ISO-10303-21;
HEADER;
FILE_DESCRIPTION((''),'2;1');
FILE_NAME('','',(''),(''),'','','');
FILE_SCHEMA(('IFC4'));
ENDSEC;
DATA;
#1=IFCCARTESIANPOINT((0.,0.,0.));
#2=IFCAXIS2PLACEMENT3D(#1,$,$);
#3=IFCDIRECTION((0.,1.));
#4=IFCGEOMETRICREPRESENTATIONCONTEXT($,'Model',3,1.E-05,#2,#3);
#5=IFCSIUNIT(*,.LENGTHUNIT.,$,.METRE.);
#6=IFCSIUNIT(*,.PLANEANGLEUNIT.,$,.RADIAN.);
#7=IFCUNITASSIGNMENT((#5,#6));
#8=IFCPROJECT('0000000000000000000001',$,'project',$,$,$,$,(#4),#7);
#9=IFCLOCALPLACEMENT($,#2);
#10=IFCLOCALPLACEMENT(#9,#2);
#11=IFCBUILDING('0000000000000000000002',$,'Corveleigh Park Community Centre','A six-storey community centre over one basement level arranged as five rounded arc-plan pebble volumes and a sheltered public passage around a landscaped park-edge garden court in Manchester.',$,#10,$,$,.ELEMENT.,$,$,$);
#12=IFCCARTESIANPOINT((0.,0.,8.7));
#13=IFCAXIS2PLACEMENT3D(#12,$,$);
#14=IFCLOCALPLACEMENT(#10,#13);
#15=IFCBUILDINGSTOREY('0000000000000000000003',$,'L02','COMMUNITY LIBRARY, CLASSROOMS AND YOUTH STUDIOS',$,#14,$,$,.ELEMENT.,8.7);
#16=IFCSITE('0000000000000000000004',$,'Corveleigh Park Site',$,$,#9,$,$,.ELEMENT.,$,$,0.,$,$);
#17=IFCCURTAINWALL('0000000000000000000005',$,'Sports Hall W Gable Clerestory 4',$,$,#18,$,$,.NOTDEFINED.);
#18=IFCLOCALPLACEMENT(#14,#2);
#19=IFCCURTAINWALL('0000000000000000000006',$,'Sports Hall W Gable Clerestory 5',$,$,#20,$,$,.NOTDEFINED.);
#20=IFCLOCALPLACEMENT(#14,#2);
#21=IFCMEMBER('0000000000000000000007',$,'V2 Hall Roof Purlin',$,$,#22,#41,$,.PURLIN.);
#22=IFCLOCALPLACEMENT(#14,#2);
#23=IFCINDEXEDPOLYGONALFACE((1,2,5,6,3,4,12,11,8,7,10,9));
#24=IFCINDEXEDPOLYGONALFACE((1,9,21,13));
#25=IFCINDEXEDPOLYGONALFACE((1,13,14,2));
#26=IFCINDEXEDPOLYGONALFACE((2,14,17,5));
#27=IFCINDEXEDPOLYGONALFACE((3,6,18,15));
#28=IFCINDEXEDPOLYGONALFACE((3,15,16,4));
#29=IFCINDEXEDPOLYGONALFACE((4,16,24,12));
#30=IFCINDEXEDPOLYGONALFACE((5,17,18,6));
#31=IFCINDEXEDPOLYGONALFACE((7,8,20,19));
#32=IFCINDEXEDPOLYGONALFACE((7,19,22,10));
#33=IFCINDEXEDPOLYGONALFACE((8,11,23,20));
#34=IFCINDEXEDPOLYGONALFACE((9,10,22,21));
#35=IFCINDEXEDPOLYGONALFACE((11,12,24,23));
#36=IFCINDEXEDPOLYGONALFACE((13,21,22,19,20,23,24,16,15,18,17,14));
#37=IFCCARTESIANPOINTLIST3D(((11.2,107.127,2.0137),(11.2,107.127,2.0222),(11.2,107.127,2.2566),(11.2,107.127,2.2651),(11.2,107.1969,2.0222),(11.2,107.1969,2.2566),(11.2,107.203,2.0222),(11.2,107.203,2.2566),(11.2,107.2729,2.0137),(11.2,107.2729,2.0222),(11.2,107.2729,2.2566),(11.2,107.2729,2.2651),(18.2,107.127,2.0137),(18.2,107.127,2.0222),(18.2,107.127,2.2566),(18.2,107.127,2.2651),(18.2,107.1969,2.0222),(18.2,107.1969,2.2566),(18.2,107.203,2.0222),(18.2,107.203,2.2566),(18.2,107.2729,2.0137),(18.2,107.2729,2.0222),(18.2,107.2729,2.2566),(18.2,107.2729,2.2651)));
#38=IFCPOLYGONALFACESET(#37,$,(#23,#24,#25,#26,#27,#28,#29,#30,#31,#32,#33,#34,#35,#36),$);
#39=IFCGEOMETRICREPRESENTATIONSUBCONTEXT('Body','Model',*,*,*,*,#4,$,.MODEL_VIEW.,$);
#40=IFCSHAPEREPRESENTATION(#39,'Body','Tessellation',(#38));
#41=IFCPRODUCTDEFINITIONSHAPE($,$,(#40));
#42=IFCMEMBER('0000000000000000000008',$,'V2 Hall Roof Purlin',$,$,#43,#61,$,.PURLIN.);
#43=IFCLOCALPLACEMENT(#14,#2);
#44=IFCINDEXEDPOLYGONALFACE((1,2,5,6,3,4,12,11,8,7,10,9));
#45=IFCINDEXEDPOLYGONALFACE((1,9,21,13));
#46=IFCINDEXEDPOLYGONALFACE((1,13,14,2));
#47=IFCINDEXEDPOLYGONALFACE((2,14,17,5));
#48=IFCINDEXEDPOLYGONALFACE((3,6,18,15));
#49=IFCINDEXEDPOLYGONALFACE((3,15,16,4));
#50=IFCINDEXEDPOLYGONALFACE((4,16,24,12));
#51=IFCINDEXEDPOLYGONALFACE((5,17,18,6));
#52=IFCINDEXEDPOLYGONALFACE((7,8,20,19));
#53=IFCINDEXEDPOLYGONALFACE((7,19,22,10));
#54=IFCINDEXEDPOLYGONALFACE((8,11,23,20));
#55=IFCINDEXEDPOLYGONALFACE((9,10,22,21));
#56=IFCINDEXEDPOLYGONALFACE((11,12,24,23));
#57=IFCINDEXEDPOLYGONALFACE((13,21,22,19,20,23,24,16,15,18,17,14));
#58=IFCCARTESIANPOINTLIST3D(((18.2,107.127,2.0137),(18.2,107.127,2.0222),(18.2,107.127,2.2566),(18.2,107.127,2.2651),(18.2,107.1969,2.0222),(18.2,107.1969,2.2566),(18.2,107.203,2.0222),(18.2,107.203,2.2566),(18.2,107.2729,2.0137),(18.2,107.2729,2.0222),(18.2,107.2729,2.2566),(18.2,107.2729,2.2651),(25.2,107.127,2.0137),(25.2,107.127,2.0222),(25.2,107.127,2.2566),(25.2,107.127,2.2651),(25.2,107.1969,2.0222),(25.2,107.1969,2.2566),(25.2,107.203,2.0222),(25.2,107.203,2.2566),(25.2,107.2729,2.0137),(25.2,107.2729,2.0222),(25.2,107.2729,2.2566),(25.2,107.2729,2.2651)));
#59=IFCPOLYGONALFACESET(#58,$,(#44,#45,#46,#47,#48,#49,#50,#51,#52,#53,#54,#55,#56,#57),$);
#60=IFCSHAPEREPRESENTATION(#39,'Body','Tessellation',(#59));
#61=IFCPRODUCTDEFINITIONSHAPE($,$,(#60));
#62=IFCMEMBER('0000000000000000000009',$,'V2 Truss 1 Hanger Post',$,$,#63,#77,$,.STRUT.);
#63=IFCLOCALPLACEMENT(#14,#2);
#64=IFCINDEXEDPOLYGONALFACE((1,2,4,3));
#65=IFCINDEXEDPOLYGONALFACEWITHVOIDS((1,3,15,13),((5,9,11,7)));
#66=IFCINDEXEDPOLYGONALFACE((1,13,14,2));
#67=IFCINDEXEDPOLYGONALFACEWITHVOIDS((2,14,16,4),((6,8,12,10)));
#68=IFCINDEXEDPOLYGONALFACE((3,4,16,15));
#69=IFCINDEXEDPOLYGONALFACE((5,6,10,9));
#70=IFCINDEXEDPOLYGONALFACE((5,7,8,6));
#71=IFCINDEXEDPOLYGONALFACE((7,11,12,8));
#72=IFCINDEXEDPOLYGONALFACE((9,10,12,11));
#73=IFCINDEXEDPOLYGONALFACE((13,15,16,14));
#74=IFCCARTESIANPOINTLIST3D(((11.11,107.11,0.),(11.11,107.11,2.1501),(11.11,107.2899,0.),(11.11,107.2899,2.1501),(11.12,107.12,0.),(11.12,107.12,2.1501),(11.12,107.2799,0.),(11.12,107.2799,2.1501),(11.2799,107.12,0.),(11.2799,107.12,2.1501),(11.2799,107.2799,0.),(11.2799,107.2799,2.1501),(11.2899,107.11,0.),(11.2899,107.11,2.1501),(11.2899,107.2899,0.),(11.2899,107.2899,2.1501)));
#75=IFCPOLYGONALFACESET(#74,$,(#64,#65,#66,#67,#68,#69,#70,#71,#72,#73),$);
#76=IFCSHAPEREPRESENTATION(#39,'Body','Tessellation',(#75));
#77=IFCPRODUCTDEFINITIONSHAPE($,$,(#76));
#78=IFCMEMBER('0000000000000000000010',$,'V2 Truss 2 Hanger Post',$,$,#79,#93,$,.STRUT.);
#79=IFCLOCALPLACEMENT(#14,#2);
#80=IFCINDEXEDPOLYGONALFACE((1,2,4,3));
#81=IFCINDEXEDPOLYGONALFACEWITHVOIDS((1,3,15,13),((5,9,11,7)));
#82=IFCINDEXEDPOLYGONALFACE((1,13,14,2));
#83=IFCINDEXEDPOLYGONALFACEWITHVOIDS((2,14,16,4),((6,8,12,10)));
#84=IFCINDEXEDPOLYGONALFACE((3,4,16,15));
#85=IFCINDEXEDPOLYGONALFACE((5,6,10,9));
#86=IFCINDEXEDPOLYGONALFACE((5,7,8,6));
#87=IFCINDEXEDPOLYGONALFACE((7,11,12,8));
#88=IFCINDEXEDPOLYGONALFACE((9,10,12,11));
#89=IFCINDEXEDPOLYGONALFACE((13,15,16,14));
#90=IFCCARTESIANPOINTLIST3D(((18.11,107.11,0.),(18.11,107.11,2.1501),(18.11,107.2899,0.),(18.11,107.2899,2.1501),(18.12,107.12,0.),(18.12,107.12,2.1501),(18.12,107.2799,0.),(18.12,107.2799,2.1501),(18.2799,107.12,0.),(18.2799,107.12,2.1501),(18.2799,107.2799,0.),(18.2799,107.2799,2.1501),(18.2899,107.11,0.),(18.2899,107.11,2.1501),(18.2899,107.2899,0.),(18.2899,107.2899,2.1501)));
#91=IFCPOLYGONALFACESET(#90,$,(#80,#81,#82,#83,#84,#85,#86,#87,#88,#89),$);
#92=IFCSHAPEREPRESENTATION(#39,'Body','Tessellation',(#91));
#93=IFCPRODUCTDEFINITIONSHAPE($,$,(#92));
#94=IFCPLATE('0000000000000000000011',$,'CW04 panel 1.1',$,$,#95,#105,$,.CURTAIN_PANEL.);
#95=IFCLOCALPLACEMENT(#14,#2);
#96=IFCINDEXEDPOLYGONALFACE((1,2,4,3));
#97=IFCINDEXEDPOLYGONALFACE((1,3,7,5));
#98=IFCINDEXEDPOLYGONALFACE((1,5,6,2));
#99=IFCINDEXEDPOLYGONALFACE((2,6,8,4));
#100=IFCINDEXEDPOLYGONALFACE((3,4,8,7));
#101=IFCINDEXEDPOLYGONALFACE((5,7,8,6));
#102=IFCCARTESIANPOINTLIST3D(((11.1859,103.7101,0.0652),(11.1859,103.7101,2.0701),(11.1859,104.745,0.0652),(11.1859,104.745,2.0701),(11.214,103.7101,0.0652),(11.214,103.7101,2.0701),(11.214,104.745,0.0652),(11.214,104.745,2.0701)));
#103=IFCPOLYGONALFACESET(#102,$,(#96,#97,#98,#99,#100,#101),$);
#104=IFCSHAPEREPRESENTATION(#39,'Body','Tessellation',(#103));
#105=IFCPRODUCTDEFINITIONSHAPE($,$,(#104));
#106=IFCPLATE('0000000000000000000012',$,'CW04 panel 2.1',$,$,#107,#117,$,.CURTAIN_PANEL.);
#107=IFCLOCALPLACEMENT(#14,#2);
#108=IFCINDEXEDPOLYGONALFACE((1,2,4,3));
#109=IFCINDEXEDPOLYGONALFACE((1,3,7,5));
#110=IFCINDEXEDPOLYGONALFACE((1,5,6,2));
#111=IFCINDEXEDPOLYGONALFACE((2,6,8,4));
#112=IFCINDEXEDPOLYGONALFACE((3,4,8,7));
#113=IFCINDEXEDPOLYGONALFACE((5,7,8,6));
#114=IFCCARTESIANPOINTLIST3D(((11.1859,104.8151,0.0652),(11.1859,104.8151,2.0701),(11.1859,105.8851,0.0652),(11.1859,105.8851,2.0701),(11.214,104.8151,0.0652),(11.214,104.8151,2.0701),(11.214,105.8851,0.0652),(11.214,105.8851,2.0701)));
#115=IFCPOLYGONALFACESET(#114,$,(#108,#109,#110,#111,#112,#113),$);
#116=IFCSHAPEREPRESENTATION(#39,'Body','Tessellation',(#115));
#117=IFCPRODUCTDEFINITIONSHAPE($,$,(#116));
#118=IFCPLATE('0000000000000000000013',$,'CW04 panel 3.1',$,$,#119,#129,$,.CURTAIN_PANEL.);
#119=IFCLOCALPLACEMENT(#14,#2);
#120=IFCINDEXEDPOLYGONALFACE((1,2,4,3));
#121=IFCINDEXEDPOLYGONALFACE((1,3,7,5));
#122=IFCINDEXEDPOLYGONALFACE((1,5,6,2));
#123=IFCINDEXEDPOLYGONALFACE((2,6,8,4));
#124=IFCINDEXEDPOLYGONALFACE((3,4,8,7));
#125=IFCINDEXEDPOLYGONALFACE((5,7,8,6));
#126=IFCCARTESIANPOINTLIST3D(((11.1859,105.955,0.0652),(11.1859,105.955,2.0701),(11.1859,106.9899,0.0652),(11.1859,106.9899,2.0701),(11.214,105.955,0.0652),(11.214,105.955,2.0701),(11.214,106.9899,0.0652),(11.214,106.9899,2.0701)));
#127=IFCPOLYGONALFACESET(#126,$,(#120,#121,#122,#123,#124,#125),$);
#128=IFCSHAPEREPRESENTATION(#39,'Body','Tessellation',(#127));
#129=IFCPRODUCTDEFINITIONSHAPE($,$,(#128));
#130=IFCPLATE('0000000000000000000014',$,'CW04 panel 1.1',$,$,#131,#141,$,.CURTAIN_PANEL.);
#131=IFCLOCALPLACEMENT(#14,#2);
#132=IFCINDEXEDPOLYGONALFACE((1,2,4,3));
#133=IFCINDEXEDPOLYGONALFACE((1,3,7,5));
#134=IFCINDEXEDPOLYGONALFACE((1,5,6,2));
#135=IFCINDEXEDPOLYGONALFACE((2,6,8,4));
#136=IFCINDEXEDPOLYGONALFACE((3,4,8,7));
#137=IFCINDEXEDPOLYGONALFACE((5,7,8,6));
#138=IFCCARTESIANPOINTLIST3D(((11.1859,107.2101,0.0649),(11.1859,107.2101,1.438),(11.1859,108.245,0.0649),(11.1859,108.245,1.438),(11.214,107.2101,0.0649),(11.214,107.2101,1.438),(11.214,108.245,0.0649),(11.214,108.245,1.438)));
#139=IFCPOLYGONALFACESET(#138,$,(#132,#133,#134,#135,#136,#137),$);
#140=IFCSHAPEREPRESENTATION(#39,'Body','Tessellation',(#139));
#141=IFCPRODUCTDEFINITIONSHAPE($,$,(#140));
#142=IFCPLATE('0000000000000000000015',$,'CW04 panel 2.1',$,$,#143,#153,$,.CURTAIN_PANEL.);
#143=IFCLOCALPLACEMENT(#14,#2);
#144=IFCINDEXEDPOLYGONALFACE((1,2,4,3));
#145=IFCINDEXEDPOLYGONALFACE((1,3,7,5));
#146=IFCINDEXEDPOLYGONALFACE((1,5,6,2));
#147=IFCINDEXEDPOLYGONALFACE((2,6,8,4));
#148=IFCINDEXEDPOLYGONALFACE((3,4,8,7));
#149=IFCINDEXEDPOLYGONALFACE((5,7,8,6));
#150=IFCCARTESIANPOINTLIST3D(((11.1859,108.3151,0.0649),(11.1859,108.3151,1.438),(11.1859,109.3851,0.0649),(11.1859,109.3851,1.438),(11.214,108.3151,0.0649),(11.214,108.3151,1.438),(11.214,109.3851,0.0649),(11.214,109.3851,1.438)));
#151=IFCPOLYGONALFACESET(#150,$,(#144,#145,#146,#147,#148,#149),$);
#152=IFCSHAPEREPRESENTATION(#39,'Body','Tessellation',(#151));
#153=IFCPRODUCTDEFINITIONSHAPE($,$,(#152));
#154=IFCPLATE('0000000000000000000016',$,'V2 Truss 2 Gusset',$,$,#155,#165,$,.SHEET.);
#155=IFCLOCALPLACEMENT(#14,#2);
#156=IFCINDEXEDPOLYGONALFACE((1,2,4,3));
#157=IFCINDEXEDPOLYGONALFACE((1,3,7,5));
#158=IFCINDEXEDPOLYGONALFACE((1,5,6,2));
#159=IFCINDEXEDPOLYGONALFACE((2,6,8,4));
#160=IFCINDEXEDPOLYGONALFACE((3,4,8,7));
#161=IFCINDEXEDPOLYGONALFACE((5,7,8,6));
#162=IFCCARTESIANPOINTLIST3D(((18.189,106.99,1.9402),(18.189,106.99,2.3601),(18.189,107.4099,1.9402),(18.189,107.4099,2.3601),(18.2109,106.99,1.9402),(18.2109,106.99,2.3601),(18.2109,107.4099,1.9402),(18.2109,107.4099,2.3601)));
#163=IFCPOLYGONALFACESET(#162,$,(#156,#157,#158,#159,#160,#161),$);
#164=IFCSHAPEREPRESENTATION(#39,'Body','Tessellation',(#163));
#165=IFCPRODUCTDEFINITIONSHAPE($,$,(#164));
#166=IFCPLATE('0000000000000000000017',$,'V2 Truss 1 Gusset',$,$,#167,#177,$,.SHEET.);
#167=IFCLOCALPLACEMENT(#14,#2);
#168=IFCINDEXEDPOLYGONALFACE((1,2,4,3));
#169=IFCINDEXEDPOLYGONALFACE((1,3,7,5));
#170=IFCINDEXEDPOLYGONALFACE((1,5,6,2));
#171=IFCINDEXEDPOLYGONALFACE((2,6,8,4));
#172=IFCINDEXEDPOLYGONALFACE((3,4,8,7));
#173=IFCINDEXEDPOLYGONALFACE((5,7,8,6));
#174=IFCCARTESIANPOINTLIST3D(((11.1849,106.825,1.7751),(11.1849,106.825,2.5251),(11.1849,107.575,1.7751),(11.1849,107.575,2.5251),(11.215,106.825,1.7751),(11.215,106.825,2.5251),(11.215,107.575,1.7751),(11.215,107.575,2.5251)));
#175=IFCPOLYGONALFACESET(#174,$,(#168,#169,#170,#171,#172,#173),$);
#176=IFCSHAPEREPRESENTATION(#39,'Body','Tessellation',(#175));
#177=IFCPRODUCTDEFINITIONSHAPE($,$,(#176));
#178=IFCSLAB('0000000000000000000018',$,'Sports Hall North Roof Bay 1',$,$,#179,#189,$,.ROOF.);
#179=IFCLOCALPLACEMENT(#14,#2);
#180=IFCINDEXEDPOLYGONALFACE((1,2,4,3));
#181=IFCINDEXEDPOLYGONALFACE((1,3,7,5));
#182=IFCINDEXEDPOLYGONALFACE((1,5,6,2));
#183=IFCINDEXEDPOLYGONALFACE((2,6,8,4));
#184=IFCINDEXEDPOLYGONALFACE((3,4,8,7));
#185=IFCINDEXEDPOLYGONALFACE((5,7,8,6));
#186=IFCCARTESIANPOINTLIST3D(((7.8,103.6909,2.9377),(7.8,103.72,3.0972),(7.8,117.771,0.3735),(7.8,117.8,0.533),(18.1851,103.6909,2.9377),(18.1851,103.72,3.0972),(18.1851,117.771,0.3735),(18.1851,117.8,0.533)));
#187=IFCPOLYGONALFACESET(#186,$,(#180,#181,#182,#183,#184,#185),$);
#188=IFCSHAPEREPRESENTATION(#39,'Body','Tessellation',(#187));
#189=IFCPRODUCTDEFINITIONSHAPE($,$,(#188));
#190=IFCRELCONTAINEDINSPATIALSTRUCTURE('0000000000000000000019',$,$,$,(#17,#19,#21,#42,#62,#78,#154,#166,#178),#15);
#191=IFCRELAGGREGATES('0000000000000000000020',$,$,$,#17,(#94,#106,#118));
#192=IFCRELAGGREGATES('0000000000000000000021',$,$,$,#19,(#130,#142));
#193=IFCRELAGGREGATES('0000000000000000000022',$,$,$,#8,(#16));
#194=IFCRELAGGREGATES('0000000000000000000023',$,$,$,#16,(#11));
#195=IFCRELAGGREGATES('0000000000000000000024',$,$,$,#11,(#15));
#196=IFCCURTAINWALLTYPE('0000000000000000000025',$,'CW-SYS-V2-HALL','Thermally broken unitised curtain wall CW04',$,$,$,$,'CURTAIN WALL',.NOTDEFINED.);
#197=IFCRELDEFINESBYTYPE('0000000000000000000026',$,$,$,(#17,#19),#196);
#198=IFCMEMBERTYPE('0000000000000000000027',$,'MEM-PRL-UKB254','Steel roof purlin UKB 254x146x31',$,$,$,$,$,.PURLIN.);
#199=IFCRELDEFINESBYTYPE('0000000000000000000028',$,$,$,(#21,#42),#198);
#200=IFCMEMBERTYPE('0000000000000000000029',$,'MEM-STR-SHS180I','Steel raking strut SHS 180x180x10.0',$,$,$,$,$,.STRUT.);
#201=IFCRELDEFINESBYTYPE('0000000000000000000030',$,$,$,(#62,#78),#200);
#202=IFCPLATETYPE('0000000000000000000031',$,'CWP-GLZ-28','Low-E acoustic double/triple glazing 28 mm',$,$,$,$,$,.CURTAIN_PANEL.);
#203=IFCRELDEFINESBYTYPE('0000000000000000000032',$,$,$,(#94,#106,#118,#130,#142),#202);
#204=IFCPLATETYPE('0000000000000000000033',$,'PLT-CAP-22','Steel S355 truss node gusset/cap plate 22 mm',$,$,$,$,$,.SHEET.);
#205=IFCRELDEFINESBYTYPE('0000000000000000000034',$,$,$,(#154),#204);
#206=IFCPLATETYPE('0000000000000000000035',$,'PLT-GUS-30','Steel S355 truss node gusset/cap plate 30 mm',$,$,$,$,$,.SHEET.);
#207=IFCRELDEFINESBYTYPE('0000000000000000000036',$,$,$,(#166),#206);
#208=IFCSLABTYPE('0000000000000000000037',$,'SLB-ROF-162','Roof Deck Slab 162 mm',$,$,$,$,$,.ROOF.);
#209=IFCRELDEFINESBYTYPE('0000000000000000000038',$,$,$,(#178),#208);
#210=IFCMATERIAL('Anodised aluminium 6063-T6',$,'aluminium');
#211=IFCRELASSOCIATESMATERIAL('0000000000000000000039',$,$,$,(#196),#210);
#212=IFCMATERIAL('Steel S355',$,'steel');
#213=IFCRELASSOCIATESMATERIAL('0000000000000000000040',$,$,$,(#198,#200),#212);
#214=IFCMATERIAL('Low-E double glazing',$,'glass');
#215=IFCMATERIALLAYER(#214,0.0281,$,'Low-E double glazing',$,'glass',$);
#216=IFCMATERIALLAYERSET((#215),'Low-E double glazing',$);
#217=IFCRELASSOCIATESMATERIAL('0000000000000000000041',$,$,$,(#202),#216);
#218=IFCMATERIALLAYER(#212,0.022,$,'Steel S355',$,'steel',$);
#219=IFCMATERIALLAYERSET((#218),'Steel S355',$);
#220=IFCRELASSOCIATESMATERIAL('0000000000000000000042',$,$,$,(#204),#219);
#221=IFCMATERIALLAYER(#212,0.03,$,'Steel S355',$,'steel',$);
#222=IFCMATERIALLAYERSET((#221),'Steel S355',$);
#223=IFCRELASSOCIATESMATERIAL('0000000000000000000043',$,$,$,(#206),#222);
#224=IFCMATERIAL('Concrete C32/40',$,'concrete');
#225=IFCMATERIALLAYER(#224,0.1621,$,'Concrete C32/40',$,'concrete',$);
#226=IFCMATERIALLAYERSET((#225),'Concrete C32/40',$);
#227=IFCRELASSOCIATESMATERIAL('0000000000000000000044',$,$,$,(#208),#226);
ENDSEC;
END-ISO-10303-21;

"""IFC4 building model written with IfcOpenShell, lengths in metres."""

from ifc_helpers import new_model, si_unit, direction, frame, origin, origin_2d, place, context, subcontext, project, spatial, polyline, rectangle, hollow_rectangle, i_section, outline, extrude, material, layer, layer_set, material_profile, profile_set, type_object, element, aggregate, save


model = new_model("IFC4")

# Units and contexts
model_context = context("Model", 3, precision=1e-05, world=origin(), true_north=direction((0.0, 1.0)))
body_context = subcontext(model_context, "Body", "Model", "MODEL_VIEW")
ifc_project = project(units=[si_unit("LENGTHUNIT", "METRE"), si_unit("PLANEANGLEUNIT", "RADIAN")], contexts=[model_context])

# Site, building, storey
site_placement = place(None, origin())
site = spatial("IfcSite", under=ifc_project, at=site_placement, Name="Corveleigh Park Site", CompositionType="ELEMENT", RefElevation=0.0)
building_placement = place(site_placement, origin())
building = spatial("IfcBuilding", under=site, at=building_placement, Name="Corveleigh Park Community Centre", Description="A six-storey community centre over one basement level arranged as five rounded arc-plan pebble volumes and a sheltered public passage around a landscaped park-edge garden court in Manchester.", CompositionType="ELEMENT")
storey_placement = place(building_placement, frame((0.0, 0.0, 8.7)))
storey = spatial("IfcBuildingStorey", under=building, at=storey_placement, Name="L02", Description="COMMUNITY LIBRARY, CLASSROOMS AND YOUTH STUDIOS", CompositionType="ELEMENT", Elevation=8.7)

# Curtain walls
ifc_material_1 = material(Name="Anodised aluminium 6063-T6", Category="aluminium")
curtain_wall_type = type_object("IfcCurtainWallType", Name="CW-SYS-V2-HALL", Description="Thermally broken unitised curtain wall CW04", ElementType="CURTAIN WALL", PredefinedType="NOTDEFINED", material=ifc_material_1)
curtain_wall_1_placement = place(storey_placement, origin())
curtain_wall_1 = element("IfcCurtainWall", 1, at=curtain_wall_1_placement, inside=storey, type_object=curtain_wall_type, Name="Sports Hall W Gable Clerestory 4", PredefinedType="NOTDEFINED")
curtain_wall_2_placement = place(storey_placement, origin())
curtain_wall_2 = element("IfcCurtainWall", 2, at=curtain_wall_2_placement, inside=storey, type_object=curtain_wall_type, Name="Sports Hall W Gable Clerestory 5", PredefinedType="NOTDEFINED")

# Members
ifc_material_2 = material(Name="Steel S355", Category="steel")
ifc_material_profile_1 = material_profile(ifc_material_2, i_section(OverallWidth=0.146, OverallDepth=0.2515, WebThickness=0.0061, FlangeThickness=0.0085, at=origin_2d()), Name="UKB 254x146x31", Category="steel")
ifc_profile_set_1 = profile_set([ifc_material_profile_1], Name="Steel S355")
member_type_1 = type_object("IfcMemberType", Name="MEM-PRL-UKB254", Description="Steel roof purlin UKB 254x146x31", PredefinedType="PURLIN", material=ifc_profile_set_1)
for number, where, z_axis, x_axis, name in (
    (3, (11.2, 107.2, 2.1394), (1.0, 0.0, 0.0), (0.0, 1.0, 0.0), "V2 Hall Roof Purlin"),
    (4, (18.2, 107.2, 2.1394), (1.0, 0.0, 0.0), (0.0, 1.0, 0.0), "V2 Hall Roof Purlin"),
):
    element("IfcMember", number, at=place(storey_placement, frame(where, z_axis=z_axis, x_axis=x_axis)), inside=storey, type_object=member_type_1, Name=name, PredefinedType="PURLIN", context=body_context, shape_type="SweptSolid", body=[
        extrude(i_section(OverallWidth=0.146, OverallDepth=0.2515, WebThickness=0.0061, FlangeThickness=0.0085, at=origin_2d()), origin(), (0.0, 0.0, 1.0), 7.0),
    ])
ifc_material_profile_2 = material_profile(ifc_material_2, hollow_rectangle(XDim=0.1799, YDim=0.1799, WallThickness=0.01, at=origin_2d()), Name="SHS 180x180x10.0", Category="steel")
ifc_profile_set_2 = profile_set([ifc_material_profile_2], Name="Steel S355")
member_type_2 = type_object("IfcMemberType", Name="MEM-STR-SHS180I", Description="Steel raking strut SHS 180x180x10.0", PredefinedType="STRUT", material=ifc_profile_set_2)
for number, where, z_axis, x_axis, name in (
    (5, (11.2, 107.2, 0.0), (0.0, 0.0, 1.0), (1.0, 0.0, 0.0), "V2 Truss 1 Hanger Post"),
    (6, (18.2, 107.2, 0.0), (0.0, 0.0, 1.0), (1.0, 0.0, 0.0), "V2 Truss 2 Hanger Post"),
):
    element("IfcMember", number, at=place(storey_placement, frame(where, z_axis=z_axis, x_axis=x_axis)), inside=storey, type_object=member_type_2, Name=name, PredefinedType="STRUT", context=body_context, shape_type="SweptSolid", body=[
        extrude(hollow_rectangle(XDim=0.1799, YDim=0.1799, WallThickness=0.01, at=origin_2d()), origin(), (0.0, 0.0, 1.0), 2.1501),
    ])

# Plates
ifc_material_3 = material(Name="Low-E double glazing", Category="glass")
ifc_layer_1 = layer(ifc_material_3, 0.0281, Name="Low-E double glazing", Category="glass")
ifc_layer_set_1 = layer_set([ifc_layer_1], Name="Low-E double glazing")
plate_type_1 = type_object("IfcPlateType", Name="CWP-GLZ-28", Description="Low-E acoustic double/triple glazing 28 mm", PredefinedType="CURTAIN_PANEL", material=ifc_layer_set_1)
plate_1_placement = place(storey_placement, frame((11.2, 104.2275, 0.0652), z_axis=(0.0, 0.0, 1.0), x_axis=(0.0, 1.0, 0.0)))
plate_1 = element("IfcPlate", 7, at=plate_1_placement, type_object=plate_type_1, Name="CW04 panel 1.1", PredefinedType="CURTAIN_PANEL", context=body_context, shape_type="SweptSolid", body=[
    extrude(rectangle(XDim=1.0349, YDim=0.0281, at=origin_2d()), origin(), (0.0, 0.0, 1.0), 2.0049),
])
plate_2_placement = place(storey_placement, frame((11.2, 105.3501, 0.0652), z_axis=(0.0, 0.0, 1.0), x_axis=(0.0, 1.0, 0.0)))
plate_2 = element("IfcPlate", 8, at=plate_2_placement, type_object=plate_type_1, Name="CW04 panel 2.1", PredefinedType="CURTAIN_PANEL", context=body_context, shape_type="SweptSolid", body=[
    extrude(rectangle(XDim=1.0701, YDim=0.0281, at=origin_2d()), origin(), (0.0, 0.0, 1.0), 2.0049),
])
plate_3_placement = place(storey_placement, frame((11.2, 106.4724, 0.0652), z_axis=(0.0, 0.0, 1.0), x_axis=(0.0, 1.0, 0.0)))
plate_3 = element("IfcPlate", 9, at=plate_3_placement, type_object=plate_type_1, Name="CW04 panel 3.1", PredefinedType="CURTAIN_PANEL", context=body_context, shape_type="SweptSolid", body=[
    extrude(rectangle(XDim=1.0349, YDim=0.0281, at=origin_2d()), origin(), (0.0, 0.0, 1.0), 2.0049),
])
aggregate(curtain_wall_1, [plate_1, plate_2, plate_3])
plate_4_placement = place(storey_placement, frame((11.2, 107.7275, 0.0649), z_axis=(0.0, 0.0, 1.0), x_axis=(0.0, 1.0, 0.0)))
plate_4 = element("IfcPlate", 10, at=plate_4_placement, type_object=plate_type_1, Name="CW04 panel 1.1", PredefinedType="CURTAIN_PANEL", context=body_context, shape_type="SweptSolid", body=[
    extrude(rectangle(XDim=1.0349, YDim=0.0281, at=origin_2d()), origin(), (0.0, 0.0, 1.0), 1.373),
])
plate_5_placement = place(storey_placement, frame((11.2, 108.8501, 0.0649), z_axis=(0.0, 0.0, 1.0), x_axis=(0.0, 1.0, 0.0)))
plate_5 = element("IfcPlate", 11, at=plate_5_placement, type_object=plate_type_1, Name="CW04 panel 2.1", PredefinedType="CURTAIN_PANEL", context=body_context, shape_type="SweptSolid", body=[
    extrude(rectangle(XDim=1.0701, YDim=0.0281, at=origin_2d()), origin(), (0.0, 0.0, 1.0), 1.373),
])
aggregate(curtain_wall_2, [plate_4, plate_5])

# Plates
ifc_layer_2 = layer(ifc_material_2, 0.022, Name="Steel S355", Category="steel")
ifc_layer_set_2 = layer_set([ifc_layer_2], Name="Steel S355")
plate_type_2 = type_object("IfcPlateType", Name="PLT-CAP-22", Description="Steel S355 truss node gusset/cap plate 22 mm", PredefinedType="SHEET", material=ifc_layer_set_2)
plate_6_placement = place(storey_placement, frame((18.2, 107.2, 1.9402), z_axis=(0.0, 0.0, 1.0), x_axis=(0.0, 1.0, 0.0)))
element("IfcPlate", 12, at=plate_6_placement, inside=storey, type_object=plate_type_2, Name="V2 Truss 2 Gusset", PredefinedType="SHEET", context=body_context, shape_type="SweptSolid", body=[
    extrude(rectangle(XDim=0.4199, YDim=0.022, at=origin_2d()), origin(), (0.0, 0.0, 1.0), 0.4199),
])
ifc_layer_3 = layer(ifc_material_2, 0.03, Name="Steel S355", Category="steel")
ifc_layer_set_3 = layer_set([ifc_layer_3], Name="Steel S355")
plate_type_3 = type_object("IfcPlateType", Name="PLT-GUS-30", Description="Steel S355 truss node gusset/cap plate 30 mm", PredefinedType="SHEET", material=ifc_layer_set_3)
plate_7_placement = place(storey_placement, frame((11.2, 107.2, 1.7751), z_axis=(0.0, 0.0, 1.0), x_axis=(0.0, 1.0, 0.0)))
element("IfcPlate", 13, at=plate_7_placement, inside=storey, type_object=plate_type_3, Name="V2 Truss 1 Gusset", PredefinedType="SHEET", context=body_context, shape_type="SweptSolid", body=[
    extrude(rectangle(XDim=0.75, YDim=0.03, at=origin_2d()), origin(), (0.0, 0.0, 1.0), 0.75),
])

# Slab
ifc_material_4 = material(Name="Concrete C32/40", Category="concrete")
ifc_layer_4 = layer(ifc_material_4, 0.1621, Name="Concrete C32/40", Category="concrete")
ifc_layer_set_4 = layer_set([ifc_layer_4], Name="Concrete C32/40")
slab_type = type_object("IfcSlabType", Name="SLB-ROF-162", Description="Roof Deck Slab 162 mm", PredefinedType="ROOF", material=ifc_layer_set_4)
slab_1_placement = place(storey_placement, frame((7.8, 103.72, 3.0972), z_axis=(0.0, 0.179169, 0.983818), x_axis=(1.0, 0.0, 0.0)))
element("IfcSlab", 14, at=slab_1_placement, inside=storey, type_object=slab_type, Name="Sports Hall North Roof Bay 1", PredefinedType="ROOF", context=body_context, shape_type="SweptSolid", body=[
    extrude(outline(polyline([(0.0, 0.0), (10.385, 0.0), (10.385, 14.3117), (0.0, 14.3117), (0.0, 0.0)])), origin(), (0.0, 0.0, -1.0), 0.1621),
])

save(model, "model.ifc")
